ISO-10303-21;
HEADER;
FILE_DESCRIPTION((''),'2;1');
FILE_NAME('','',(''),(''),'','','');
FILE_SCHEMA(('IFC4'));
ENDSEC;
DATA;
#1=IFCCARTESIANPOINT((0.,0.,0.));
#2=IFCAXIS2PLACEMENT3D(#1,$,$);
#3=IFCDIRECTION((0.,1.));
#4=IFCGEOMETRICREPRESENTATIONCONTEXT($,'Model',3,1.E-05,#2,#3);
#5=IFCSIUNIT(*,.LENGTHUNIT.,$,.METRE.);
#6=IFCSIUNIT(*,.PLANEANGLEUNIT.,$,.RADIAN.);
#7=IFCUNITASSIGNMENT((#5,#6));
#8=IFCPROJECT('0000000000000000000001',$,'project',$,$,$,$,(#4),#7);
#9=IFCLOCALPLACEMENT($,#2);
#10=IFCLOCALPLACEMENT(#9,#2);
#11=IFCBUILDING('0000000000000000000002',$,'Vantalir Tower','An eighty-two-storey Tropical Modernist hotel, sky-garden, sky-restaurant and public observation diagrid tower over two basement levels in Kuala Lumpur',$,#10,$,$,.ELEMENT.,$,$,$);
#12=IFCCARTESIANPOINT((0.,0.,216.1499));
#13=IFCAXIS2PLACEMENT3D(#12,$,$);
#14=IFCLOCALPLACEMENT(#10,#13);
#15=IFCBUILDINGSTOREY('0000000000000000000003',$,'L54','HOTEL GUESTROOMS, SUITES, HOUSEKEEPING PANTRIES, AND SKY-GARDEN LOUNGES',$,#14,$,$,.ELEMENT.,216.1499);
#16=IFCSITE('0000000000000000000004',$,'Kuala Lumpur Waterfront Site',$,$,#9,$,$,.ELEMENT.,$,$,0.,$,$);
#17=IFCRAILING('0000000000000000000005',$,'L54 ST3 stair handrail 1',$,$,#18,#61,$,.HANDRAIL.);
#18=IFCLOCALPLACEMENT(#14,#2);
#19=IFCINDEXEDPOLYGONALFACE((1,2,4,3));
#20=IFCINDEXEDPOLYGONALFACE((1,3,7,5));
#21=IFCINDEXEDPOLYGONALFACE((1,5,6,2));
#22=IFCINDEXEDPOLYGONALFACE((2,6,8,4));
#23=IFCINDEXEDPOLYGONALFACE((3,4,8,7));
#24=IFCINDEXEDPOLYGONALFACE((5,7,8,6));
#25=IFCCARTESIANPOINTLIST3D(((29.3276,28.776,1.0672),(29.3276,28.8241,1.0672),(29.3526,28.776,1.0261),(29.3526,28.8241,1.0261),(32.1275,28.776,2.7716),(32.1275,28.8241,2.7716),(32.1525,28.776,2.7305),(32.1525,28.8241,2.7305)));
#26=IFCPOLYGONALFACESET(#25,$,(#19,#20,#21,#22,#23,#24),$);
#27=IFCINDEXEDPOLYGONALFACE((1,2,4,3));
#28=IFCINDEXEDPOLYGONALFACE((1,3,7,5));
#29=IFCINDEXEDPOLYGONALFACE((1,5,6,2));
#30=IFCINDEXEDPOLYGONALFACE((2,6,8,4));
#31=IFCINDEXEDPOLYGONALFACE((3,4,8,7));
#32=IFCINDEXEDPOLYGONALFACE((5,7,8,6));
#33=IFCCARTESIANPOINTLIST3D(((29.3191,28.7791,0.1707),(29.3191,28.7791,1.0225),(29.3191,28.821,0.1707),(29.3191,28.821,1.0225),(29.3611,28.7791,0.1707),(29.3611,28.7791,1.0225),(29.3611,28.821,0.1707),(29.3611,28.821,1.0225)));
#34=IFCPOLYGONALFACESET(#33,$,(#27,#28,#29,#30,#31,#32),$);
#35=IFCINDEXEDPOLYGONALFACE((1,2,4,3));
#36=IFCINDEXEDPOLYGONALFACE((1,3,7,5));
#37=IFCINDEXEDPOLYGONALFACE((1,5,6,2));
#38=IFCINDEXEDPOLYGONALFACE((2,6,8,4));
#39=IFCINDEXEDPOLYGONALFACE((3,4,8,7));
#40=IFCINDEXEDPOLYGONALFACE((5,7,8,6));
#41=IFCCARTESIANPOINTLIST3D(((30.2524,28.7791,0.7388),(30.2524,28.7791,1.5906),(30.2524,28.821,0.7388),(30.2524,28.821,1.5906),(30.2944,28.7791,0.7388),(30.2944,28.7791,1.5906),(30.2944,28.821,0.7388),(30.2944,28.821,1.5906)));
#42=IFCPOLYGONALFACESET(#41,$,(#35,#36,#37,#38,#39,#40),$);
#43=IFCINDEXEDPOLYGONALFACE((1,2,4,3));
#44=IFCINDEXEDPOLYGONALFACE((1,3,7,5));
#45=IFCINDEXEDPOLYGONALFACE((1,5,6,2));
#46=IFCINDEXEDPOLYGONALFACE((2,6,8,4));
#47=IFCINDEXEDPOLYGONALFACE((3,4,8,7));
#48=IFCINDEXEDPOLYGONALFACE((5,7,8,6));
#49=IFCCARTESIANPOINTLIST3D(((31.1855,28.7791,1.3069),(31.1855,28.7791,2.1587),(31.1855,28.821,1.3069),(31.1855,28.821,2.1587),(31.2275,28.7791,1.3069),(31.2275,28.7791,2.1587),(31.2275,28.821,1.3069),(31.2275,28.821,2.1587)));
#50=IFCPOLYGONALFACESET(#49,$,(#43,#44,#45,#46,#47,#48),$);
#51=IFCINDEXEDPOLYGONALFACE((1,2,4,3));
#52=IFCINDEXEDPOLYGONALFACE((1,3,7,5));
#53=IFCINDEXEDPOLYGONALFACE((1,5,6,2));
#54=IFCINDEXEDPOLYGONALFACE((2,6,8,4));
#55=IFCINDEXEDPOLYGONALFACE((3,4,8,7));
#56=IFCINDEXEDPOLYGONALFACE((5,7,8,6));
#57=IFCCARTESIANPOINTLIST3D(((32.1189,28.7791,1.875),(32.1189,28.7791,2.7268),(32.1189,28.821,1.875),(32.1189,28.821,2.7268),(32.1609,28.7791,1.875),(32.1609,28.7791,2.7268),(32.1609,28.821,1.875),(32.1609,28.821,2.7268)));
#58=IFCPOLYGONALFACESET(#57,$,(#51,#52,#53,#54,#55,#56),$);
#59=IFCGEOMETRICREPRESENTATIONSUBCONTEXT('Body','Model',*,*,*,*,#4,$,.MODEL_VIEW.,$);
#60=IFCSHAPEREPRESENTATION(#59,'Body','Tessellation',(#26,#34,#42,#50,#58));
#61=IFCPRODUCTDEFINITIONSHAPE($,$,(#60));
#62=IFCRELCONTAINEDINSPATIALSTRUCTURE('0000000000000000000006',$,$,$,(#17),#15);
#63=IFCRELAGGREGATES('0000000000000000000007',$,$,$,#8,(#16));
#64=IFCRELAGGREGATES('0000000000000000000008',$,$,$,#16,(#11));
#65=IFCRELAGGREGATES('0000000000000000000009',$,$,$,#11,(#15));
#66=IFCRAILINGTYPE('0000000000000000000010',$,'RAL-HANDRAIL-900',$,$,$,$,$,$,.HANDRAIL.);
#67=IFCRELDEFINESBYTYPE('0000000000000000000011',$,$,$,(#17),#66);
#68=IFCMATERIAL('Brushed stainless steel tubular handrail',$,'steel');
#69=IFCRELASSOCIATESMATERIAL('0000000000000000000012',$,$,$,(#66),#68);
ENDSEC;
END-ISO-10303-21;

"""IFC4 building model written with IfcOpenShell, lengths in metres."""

from ifc_helpers import new_model, si_unit, direction, frame, origin, origin_2d, place, context, subcontext, project, spatial, rectangle, extrude, material, type_object, element, save


model = new_model("IFC4")

# Units and contexts
model_context = context("Model", 3, precision=1e-05, world=origin(), true_north=direction((0.0, 1.0)))
body_context = subcontext(model_context, "Body", "Model", "MODEL_VIEW")
ifc_project = project(units=[si_unit("LENGTHUNIT", "METRE"), si_unit("PLANEANGLEUNIT", "RADIAN")], contexts=[model_context])

# Site, building, storey
site_placement = place(None, origin())
site = spatial("IfcSite", under=ifc_project, at=site_placement, Name="Kuala Lumpur Waterfront Site", CompositionType="ELEMENT", RefElevation=0.0)
building_placement = place(site_placement, origin())
building = spatial("IfcBuilding", under=site, at=building_placement, Name="Vantalir Tower", Description="An eighty-two-storey Tropical Modernist hotel, sky-garden, sky-restaurant and public observation diagrid tower over two basement levels in Kuala Lumpur", CompositionType="ELEMENT")
storey_placement = place(building_placement, frame((0.0, 0.0, 216.1499)))
storey = spatial("IfcBuildingStorey", under=building, at=storey_placement, Name="L54", Description="HOTEL GUESTROOMS, SUITES, HOUSEKEEPING PANTRIES, AND SKY-GARDEN LOUNGES", CompositionType="ELEMENT", Elevation=216.1499)

# Railing
ifc_material_1 = material(Name="Brushed stainless steel tubular handrail", Category="steel")
railing_type_1 = type_object("IfcRailingType", Name="RAL-HANDRAIL-900", PredefinedType="HANDRAIL", material=ifc_material_1)
railing_1_placement = place(storey_placement, frame((29.3401, 28.8, 0.1707)))
element("IfcRailing", 1, at=railing_1_placement, inside=storey, type_object=railing_type_1, Name="L54 ST3 stair handrail 1", PredefinedType="HANDRAIL", context=body_context, shape_type="SweptSolid", body=[
    extrude(rectangle(XDim=0.0481, YDim=0.0481, at=origin_2d()), frame((0.0, 0.0, 0.876), z_axis=(0.854183, 0.0, 0.519973), x_axis=(0.0, 1.0, 0.0)), (0.0, 0.0, 1.0), 3.2778),
    extrude(rectangle(XDim=0.042, YDim=0.042, at=origin_2d()), origin(), (0.0, 0.0, 1.0), 0.8518),
    extrude(rectangle(XDim=0.042, YDim=0.042, at=origin_2d()), frame((0.9333, 0.0, 0.5681)), (0.0, 0.0, 1.0), 0.8518),
    extrude(rectangle(XDim=0.042, YDim=0.042, at=origin_2d()), frame((1.8665, 0.0, 1.1362)), (0.0, 0.0, 1.0), 0.8518),
    extrude(rectangle(XDim=0.042, YDim=0.042, at=origin_2d()), frame((2.7998, 0.0, 1.7043)), (0.0, 0.0, 1.0), 0.8518),
])

save(model, "model.ifc")
